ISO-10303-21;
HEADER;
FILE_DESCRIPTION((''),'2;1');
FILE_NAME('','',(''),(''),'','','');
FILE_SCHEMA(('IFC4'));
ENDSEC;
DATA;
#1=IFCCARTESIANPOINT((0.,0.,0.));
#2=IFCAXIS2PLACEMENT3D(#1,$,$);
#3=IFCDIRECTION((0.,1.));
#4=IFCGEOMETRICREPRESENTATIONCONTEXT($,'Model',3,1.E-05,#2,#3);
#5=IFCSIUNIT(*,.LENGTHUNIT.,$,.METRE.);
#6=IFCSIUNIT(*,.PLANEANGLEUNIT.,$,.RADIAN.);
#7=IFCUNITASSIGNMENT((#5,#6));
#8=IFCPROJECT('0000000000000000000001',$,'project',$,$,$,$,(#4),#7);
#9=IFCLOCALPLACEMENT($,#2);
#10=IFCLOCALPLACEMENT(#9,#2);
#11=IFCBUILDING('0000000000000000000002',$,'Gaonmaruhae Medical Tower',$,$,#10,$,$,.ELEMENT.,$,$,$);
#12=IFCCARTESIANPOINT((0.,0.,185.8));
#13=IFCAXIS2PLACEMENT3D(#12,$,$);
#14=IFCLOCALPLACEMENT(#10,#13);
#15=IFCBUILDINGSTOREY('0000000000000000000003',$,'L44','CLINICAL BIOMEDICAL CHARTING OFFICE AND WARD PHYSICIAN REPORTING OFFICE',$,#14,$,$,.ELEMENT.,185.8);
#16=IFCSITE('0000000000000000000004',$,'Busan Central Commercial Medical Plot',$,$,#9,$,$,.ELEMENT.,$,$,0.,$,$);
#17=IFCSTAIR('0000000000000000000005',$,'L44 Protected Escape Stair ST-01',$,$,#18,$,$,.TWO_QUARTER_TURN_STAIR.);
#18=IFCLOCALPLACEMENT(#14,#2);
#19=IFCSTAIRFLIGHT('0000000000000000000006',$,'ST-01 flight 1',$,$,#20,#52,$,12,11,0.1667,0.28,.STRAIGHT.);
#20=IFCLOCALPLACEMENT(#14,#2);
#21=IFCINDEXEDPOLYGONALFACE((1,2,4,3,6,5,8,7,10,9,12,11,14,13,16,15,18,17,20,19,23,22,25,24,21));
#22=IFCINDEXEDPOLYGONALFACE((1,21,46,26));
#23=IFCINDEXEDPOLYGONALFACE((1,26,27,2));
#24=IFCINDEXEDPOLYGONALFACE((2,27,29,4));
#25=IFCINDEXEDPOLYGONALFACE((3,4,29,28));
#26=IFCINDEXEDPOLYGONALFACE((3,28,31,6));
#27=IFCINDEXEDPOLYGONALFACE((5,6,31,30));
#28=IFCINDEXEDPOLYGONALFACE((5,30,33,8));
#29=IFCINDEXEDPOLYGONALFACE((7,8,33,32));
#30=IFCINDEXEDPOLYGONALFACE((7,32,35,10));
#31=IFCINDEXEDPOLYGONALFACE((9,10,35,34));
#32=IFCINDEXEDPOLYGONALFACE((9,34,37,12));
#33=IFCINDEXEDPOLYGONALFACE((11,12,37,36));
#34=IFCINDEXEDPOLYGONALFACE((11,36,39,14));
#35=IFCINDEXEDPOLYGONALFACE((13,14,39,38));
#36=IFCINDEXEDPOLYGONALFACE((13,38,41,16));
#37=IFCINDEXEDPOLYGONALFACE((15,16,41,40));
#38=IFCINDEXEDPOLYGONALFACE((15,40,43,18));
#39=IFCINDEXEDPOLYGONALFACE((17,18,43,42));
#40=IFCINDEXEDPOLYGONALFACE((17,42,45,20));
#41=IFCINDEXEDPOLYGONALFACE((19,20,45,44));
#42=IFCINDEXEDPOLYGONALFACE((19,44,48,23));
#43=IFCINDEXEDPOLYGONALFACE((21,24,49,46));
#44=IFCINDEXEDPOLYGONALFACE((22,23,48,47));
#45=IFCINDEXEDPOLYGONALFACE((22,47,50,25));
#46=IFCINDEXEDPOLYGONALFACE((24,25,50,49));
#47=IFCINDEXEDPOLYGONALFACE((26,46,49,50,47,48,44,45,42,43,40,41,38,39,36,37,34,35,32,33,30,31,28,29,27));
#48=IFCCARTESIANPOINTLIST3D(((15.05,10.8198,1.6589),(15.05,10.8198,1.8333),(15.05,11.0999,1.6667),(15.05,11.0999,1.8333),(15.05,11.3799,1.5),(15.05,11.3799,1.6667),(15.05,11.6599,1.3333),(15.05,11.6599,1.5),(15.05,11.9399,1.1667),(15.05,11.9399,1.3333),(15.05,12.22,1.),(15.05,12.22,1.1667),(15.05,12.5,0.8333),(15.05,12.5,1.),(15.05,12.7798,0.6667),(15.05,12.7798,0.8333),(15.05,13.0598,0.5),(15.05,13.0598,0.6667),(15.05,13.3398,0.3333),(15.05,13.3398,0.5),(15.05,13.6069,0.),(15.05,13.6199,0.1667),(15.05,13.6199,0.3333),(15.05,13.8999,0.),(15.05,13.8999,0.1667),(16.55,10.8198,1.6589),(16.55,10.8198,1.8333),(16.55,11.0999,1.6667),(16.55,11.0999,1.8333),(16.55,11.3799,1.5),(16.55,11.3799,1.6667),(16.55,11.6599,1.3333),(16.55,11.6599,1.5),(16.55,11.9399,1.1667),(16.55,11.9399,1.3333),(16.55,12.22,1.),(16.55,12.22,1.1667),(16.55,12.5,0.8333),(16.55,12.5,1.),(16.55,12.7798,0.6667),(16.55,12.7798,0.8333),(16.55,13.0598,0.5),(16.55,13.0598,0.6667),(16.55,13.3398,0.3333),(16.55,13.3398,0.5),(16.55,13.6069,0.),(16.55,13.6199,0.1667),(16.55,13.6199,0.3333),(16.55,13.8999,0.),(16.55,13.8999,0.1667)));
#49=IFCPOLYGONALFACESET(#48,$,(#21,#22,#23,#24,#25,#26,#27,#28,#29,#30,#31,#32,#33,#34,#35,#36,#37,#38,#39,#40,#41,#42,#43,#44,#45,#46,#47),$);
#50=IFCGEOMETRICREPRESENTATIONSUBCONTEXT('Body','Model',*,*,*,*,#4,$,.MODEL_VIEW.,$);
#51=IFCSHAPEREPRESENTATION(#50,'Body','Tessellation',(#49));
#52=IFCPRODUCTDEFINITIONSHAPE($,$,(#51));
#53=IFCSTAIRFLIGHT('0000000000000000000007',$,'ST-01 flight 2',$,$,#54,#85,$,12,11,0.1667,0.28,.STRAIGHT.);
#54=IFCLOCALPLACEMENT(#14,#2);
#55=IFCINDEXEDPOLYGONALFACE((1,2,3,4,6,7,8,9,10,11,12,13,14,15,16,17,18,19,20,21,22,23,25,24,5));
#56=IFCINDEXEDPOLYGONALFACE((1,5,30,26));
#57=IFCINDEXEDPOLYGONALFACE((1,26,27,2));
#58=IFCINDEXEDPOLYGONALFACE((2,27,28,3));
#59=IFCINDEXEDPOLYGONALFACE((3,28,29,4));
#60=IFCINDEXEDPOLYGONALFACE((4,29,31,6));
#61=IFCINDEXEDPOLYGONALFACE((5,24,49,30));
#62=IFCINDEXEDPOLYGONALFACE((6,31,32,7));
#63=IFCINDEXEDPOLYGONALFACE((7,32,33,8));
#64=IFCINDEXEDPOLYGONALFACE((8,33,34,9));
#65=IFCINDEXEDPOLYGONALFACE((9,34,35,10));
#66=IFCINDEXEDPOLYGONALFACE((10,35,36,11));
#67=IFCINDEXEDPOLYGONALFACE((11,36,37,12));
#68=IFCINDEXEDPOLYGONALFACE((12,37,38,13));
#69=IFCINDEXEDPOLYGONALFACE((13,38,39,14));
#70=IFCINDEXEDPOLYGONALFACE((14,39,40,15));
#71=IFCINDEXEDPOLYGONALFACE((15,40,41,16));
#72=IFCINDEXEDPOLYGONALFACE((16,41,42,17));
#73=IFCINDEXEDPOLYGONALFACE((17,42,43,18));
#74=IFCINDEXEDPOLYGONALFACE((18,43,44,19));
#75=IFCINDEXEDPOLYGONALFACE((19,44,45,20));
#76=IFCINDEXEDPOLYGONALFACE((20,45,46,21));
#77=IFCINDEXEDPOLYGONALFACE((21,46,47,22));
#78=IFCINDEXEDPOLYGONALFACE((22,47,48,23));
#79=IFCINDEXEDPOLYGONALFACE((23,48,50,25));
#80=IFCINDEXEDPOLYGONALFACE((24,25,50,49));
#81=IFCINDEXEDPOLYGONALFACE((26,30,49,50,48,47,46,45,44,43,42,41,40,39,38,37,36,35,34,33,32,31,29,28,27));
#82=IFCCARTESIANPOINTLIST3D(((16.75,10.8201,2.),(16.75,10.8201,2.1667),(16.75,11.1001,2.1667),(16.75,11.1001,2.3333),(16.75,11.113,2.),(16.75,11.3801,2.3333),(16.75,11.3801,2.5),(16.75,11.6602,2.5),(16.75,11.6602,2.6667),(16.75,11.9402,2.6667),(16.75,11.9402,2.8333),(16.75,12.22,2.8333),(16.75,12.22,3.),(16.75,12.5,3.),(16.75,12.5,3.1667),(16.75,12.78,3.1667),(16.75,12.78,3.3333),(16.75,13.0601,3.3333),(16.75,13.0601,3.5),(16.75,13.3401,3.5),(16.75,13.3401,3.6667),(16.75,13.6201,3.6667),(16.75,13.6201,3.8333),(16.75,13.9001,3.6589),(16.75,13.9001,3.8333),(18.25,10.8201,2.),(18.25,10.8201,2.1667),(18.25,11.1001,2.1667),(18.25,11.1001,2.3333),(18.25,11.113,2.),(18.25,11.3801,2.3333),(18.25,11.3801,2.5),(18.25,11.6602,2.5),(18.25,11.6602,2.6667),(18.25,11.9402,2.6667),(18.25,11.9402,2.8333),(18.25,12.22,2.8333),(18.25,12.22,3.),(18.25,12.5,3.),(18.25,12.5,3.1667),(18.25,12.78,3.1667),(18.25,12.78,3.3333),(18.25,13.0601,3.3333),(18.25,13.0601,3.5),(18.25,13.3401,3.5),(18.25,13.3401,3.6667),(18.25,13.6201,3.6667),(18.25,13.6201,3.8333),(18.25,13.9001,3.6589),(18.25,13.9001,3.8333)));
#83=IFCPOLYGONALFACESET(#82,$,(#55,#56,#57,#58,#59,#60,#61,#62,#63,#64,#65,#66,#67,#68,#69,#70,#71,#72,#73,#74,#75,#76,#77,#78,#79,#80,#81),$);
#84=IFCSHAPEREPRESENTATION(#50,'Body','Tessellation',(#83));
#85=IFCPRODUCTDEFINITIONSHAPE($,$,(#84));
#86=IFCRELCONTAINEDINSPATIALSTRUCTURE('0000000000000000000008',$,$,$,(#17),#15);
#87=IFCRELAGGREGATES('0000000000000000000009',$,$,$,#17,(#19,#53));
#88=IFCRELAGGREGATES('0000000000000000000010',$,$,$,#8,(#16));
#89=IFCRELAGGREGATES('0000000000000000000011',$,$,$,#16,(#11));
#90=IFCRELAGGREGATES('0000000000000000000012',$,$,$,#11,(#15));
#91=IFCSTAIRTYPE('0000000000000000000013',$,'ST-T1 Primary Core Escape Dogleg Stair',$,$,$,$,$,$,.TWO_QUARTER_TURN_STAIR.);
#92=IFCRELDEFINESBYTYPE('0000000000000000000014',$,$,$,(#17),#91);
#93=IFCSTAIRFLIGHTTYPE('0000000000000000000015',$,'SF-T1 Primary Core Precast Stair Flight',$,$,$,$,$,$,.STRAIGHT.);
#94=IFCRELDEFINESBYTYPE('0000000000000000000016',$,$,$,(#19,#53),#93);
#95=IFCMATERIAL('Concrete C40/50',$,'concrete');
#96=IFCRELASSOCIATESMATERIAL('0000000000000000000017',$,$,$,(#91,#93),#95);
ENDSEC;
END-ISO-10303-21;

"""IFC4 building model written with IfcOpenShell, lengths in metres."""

from ifc_helpers import new_model, si_unit, direction, frame, origin, place, context, subcontext, project, spatial, polyline, outline, extrude, material, type_object, element, aggregate, save


model = new_model("IFC4")

# Units and contexts
model_context = context("Model", 3, precision=1e-05, world=origin(), true_north=direction((0.0, 1.0)))
body_context = subcontext(model_context, "Body", "Model", "MODEL_VIEW")
ifc_project = project(units=[si_unit("LENGTHUNIT", "METRE"), si_unit("PLANEANGLEUNIT", "RADIAN")], contexts=[model_context])

# Site, building, storey
site_placement = place(None, origin())
site = spatial("IfcSite", under=ifc_project, at=site_placement, Name="Busan Central Commercial Medical Plot", CompositionType="ELEMENT", RefElevation=0.0)
building_placement = place(site_placement, origin())
building = spatial("IfcBuilding", under=site, at=building_placement, Name="Gaonmaruhae Medical Tower", CompositionType="ELEMENT")
storey_placement = place(building_placement, frame((0.0, 0.0, 185.8)))
storey = spatial("IfcBuildingStorey", under=building, at=storey_placement, Name="L44", Description="CLINICAL BIOMEDICAL CHARTING OFFICE AND WARD PHYSICIAN REPORTING OFFICE", CompositionType="ELEMENT", Elevation=185.8)

# Stair, stair flights
ifc_material_1 = material(Name="Concrete C40/50", Category="concrete")
stair_type = type_object("IfcStairType", Name="ST-T1 Primary Core Escape Dogleg Stair", PredefinedType="TWO_QUARTER_TURN_STAIR", material=ifc_material_1)
stair_placement = place(storey_placement, origin())
stair = element("IfcStair", 1, at=stair_placement, inside=storey, type_object=stair_type, Name="L44 Protected Escape Stair ST-01", PredefinedType="TWO_QUARTER_TURN_STAIR")
stair_flight_type = type_object("IfcStairFlightType", Name="SF-T1 Primary Core Precast Stair Flight", PredefinedType="STRAIGHT", material=ifc_material_1)
stair_flight_1_placement = place(storey_placement, frame((15.8, 13.8999, 0.0), z_axis=(0.0, 0.0, 1.0), x_axis=(0.0, -1.0, 0.0)))
stair_flight_1 = element("IfcStairFlight", 2, at=stair_flight_1_placement, type_object=stair_flight_type, Name="ST-01 flight 1", NumberOfRisers=12, NumberOfTreads=11, PredefinedType="STRAIGHT", RiserHeight=0.1667, TreadLength=0.28, context=body_context, shape_type="SweptSolid", body=[
    extrude(outline(polyline([(0.0, 0.0), (0.0, 0.1667), (0.28, 0.1667), (0.28, 0.3333), (0.5601, 0.3333), (0.5601, 0.5), (0.8401, 0.5), (0.8401, 0.6667), (1.1201, 0.6667), (1.1201, 0.8333), (1.3999, 0.8333), (1.3999, 1.0), (1.6799, 1.0), (1.6799, 1.1667), (1.96, 1.1667), (1.96, 1.3333), (2.24, 1.3333), (2.24, 1.5), (2.52, 1.5), (2.52, 1.6667), (2.8, 1.6667), (2.8, 1.8333), (3.0801, 1.8333), (3.0801, 2.0), (3.0801, 1.6589), (0.293, 0.0), (0.0, 0.0)])), frame((0.0, 0.75, 0.0), z_axis=(0.0, -1.0, 0.0), x_axis=(1.0, 0.0, 0.0)), (0.0, 0.0, 1.0), 1.5),
])
stair_flight_2_placement = place(storey_placement, frame((17.5, 10.8201, 2.0), z_axis=(0.0, 0.0, 1.0), x_axis=(0.0, 1.0, 0.0)))
stair_flight_2 = element("IfcStairFlight", 3, at=stair_flight_2_placement, type_object=stair_flight_type, Name="ST-01 flight 2", NumberOfRisers=12, NumberOfTreads=11, PredefinedType="STRAIGHT", RiserHeight=0.1667, TreadLength=0.28, context=body_context, shape_type="SweptSolid", body=[
    extrude(outline(polyline([(0.0, 0.0), (0.0, 0.1667), (0.28, 0.1667), (0.28, 0.3333), (0.5601, 0.3333), (0.5601, 0.5), (0.8401, 0.5), (0.8401, 0.6667), (1.1201, 0.6667), (1.1201, 0.8333), (1.3999, 0.8333), (1.3999, 1.0), (1.6799, 1.0), (1.6799, 1.1667), (1.96, 1.1667), (1.96, 1.3333), (2.24, 1.3333), (2.24, 1.5), (2.52, 1.5), (2.52, 1.6667), (2.8, 1.6667), (2.8, 1.8333), (3.0801, 1.8333), (3.0801, 2.0), (3.0801, 1.6589), (0.293, 0.0), (0.0, 0.0)])), frame((0.0, 0.75, 0.0), z_axis=(0.0, -1.0, 0.0), x_axis=(1.0, 0.0, 0.0)), (0.0, 0.0, 1.0), 1.5),
])
aggregate(stair, [stair_flight_1, stair_flight_2])

save(model, "model.ifc")
